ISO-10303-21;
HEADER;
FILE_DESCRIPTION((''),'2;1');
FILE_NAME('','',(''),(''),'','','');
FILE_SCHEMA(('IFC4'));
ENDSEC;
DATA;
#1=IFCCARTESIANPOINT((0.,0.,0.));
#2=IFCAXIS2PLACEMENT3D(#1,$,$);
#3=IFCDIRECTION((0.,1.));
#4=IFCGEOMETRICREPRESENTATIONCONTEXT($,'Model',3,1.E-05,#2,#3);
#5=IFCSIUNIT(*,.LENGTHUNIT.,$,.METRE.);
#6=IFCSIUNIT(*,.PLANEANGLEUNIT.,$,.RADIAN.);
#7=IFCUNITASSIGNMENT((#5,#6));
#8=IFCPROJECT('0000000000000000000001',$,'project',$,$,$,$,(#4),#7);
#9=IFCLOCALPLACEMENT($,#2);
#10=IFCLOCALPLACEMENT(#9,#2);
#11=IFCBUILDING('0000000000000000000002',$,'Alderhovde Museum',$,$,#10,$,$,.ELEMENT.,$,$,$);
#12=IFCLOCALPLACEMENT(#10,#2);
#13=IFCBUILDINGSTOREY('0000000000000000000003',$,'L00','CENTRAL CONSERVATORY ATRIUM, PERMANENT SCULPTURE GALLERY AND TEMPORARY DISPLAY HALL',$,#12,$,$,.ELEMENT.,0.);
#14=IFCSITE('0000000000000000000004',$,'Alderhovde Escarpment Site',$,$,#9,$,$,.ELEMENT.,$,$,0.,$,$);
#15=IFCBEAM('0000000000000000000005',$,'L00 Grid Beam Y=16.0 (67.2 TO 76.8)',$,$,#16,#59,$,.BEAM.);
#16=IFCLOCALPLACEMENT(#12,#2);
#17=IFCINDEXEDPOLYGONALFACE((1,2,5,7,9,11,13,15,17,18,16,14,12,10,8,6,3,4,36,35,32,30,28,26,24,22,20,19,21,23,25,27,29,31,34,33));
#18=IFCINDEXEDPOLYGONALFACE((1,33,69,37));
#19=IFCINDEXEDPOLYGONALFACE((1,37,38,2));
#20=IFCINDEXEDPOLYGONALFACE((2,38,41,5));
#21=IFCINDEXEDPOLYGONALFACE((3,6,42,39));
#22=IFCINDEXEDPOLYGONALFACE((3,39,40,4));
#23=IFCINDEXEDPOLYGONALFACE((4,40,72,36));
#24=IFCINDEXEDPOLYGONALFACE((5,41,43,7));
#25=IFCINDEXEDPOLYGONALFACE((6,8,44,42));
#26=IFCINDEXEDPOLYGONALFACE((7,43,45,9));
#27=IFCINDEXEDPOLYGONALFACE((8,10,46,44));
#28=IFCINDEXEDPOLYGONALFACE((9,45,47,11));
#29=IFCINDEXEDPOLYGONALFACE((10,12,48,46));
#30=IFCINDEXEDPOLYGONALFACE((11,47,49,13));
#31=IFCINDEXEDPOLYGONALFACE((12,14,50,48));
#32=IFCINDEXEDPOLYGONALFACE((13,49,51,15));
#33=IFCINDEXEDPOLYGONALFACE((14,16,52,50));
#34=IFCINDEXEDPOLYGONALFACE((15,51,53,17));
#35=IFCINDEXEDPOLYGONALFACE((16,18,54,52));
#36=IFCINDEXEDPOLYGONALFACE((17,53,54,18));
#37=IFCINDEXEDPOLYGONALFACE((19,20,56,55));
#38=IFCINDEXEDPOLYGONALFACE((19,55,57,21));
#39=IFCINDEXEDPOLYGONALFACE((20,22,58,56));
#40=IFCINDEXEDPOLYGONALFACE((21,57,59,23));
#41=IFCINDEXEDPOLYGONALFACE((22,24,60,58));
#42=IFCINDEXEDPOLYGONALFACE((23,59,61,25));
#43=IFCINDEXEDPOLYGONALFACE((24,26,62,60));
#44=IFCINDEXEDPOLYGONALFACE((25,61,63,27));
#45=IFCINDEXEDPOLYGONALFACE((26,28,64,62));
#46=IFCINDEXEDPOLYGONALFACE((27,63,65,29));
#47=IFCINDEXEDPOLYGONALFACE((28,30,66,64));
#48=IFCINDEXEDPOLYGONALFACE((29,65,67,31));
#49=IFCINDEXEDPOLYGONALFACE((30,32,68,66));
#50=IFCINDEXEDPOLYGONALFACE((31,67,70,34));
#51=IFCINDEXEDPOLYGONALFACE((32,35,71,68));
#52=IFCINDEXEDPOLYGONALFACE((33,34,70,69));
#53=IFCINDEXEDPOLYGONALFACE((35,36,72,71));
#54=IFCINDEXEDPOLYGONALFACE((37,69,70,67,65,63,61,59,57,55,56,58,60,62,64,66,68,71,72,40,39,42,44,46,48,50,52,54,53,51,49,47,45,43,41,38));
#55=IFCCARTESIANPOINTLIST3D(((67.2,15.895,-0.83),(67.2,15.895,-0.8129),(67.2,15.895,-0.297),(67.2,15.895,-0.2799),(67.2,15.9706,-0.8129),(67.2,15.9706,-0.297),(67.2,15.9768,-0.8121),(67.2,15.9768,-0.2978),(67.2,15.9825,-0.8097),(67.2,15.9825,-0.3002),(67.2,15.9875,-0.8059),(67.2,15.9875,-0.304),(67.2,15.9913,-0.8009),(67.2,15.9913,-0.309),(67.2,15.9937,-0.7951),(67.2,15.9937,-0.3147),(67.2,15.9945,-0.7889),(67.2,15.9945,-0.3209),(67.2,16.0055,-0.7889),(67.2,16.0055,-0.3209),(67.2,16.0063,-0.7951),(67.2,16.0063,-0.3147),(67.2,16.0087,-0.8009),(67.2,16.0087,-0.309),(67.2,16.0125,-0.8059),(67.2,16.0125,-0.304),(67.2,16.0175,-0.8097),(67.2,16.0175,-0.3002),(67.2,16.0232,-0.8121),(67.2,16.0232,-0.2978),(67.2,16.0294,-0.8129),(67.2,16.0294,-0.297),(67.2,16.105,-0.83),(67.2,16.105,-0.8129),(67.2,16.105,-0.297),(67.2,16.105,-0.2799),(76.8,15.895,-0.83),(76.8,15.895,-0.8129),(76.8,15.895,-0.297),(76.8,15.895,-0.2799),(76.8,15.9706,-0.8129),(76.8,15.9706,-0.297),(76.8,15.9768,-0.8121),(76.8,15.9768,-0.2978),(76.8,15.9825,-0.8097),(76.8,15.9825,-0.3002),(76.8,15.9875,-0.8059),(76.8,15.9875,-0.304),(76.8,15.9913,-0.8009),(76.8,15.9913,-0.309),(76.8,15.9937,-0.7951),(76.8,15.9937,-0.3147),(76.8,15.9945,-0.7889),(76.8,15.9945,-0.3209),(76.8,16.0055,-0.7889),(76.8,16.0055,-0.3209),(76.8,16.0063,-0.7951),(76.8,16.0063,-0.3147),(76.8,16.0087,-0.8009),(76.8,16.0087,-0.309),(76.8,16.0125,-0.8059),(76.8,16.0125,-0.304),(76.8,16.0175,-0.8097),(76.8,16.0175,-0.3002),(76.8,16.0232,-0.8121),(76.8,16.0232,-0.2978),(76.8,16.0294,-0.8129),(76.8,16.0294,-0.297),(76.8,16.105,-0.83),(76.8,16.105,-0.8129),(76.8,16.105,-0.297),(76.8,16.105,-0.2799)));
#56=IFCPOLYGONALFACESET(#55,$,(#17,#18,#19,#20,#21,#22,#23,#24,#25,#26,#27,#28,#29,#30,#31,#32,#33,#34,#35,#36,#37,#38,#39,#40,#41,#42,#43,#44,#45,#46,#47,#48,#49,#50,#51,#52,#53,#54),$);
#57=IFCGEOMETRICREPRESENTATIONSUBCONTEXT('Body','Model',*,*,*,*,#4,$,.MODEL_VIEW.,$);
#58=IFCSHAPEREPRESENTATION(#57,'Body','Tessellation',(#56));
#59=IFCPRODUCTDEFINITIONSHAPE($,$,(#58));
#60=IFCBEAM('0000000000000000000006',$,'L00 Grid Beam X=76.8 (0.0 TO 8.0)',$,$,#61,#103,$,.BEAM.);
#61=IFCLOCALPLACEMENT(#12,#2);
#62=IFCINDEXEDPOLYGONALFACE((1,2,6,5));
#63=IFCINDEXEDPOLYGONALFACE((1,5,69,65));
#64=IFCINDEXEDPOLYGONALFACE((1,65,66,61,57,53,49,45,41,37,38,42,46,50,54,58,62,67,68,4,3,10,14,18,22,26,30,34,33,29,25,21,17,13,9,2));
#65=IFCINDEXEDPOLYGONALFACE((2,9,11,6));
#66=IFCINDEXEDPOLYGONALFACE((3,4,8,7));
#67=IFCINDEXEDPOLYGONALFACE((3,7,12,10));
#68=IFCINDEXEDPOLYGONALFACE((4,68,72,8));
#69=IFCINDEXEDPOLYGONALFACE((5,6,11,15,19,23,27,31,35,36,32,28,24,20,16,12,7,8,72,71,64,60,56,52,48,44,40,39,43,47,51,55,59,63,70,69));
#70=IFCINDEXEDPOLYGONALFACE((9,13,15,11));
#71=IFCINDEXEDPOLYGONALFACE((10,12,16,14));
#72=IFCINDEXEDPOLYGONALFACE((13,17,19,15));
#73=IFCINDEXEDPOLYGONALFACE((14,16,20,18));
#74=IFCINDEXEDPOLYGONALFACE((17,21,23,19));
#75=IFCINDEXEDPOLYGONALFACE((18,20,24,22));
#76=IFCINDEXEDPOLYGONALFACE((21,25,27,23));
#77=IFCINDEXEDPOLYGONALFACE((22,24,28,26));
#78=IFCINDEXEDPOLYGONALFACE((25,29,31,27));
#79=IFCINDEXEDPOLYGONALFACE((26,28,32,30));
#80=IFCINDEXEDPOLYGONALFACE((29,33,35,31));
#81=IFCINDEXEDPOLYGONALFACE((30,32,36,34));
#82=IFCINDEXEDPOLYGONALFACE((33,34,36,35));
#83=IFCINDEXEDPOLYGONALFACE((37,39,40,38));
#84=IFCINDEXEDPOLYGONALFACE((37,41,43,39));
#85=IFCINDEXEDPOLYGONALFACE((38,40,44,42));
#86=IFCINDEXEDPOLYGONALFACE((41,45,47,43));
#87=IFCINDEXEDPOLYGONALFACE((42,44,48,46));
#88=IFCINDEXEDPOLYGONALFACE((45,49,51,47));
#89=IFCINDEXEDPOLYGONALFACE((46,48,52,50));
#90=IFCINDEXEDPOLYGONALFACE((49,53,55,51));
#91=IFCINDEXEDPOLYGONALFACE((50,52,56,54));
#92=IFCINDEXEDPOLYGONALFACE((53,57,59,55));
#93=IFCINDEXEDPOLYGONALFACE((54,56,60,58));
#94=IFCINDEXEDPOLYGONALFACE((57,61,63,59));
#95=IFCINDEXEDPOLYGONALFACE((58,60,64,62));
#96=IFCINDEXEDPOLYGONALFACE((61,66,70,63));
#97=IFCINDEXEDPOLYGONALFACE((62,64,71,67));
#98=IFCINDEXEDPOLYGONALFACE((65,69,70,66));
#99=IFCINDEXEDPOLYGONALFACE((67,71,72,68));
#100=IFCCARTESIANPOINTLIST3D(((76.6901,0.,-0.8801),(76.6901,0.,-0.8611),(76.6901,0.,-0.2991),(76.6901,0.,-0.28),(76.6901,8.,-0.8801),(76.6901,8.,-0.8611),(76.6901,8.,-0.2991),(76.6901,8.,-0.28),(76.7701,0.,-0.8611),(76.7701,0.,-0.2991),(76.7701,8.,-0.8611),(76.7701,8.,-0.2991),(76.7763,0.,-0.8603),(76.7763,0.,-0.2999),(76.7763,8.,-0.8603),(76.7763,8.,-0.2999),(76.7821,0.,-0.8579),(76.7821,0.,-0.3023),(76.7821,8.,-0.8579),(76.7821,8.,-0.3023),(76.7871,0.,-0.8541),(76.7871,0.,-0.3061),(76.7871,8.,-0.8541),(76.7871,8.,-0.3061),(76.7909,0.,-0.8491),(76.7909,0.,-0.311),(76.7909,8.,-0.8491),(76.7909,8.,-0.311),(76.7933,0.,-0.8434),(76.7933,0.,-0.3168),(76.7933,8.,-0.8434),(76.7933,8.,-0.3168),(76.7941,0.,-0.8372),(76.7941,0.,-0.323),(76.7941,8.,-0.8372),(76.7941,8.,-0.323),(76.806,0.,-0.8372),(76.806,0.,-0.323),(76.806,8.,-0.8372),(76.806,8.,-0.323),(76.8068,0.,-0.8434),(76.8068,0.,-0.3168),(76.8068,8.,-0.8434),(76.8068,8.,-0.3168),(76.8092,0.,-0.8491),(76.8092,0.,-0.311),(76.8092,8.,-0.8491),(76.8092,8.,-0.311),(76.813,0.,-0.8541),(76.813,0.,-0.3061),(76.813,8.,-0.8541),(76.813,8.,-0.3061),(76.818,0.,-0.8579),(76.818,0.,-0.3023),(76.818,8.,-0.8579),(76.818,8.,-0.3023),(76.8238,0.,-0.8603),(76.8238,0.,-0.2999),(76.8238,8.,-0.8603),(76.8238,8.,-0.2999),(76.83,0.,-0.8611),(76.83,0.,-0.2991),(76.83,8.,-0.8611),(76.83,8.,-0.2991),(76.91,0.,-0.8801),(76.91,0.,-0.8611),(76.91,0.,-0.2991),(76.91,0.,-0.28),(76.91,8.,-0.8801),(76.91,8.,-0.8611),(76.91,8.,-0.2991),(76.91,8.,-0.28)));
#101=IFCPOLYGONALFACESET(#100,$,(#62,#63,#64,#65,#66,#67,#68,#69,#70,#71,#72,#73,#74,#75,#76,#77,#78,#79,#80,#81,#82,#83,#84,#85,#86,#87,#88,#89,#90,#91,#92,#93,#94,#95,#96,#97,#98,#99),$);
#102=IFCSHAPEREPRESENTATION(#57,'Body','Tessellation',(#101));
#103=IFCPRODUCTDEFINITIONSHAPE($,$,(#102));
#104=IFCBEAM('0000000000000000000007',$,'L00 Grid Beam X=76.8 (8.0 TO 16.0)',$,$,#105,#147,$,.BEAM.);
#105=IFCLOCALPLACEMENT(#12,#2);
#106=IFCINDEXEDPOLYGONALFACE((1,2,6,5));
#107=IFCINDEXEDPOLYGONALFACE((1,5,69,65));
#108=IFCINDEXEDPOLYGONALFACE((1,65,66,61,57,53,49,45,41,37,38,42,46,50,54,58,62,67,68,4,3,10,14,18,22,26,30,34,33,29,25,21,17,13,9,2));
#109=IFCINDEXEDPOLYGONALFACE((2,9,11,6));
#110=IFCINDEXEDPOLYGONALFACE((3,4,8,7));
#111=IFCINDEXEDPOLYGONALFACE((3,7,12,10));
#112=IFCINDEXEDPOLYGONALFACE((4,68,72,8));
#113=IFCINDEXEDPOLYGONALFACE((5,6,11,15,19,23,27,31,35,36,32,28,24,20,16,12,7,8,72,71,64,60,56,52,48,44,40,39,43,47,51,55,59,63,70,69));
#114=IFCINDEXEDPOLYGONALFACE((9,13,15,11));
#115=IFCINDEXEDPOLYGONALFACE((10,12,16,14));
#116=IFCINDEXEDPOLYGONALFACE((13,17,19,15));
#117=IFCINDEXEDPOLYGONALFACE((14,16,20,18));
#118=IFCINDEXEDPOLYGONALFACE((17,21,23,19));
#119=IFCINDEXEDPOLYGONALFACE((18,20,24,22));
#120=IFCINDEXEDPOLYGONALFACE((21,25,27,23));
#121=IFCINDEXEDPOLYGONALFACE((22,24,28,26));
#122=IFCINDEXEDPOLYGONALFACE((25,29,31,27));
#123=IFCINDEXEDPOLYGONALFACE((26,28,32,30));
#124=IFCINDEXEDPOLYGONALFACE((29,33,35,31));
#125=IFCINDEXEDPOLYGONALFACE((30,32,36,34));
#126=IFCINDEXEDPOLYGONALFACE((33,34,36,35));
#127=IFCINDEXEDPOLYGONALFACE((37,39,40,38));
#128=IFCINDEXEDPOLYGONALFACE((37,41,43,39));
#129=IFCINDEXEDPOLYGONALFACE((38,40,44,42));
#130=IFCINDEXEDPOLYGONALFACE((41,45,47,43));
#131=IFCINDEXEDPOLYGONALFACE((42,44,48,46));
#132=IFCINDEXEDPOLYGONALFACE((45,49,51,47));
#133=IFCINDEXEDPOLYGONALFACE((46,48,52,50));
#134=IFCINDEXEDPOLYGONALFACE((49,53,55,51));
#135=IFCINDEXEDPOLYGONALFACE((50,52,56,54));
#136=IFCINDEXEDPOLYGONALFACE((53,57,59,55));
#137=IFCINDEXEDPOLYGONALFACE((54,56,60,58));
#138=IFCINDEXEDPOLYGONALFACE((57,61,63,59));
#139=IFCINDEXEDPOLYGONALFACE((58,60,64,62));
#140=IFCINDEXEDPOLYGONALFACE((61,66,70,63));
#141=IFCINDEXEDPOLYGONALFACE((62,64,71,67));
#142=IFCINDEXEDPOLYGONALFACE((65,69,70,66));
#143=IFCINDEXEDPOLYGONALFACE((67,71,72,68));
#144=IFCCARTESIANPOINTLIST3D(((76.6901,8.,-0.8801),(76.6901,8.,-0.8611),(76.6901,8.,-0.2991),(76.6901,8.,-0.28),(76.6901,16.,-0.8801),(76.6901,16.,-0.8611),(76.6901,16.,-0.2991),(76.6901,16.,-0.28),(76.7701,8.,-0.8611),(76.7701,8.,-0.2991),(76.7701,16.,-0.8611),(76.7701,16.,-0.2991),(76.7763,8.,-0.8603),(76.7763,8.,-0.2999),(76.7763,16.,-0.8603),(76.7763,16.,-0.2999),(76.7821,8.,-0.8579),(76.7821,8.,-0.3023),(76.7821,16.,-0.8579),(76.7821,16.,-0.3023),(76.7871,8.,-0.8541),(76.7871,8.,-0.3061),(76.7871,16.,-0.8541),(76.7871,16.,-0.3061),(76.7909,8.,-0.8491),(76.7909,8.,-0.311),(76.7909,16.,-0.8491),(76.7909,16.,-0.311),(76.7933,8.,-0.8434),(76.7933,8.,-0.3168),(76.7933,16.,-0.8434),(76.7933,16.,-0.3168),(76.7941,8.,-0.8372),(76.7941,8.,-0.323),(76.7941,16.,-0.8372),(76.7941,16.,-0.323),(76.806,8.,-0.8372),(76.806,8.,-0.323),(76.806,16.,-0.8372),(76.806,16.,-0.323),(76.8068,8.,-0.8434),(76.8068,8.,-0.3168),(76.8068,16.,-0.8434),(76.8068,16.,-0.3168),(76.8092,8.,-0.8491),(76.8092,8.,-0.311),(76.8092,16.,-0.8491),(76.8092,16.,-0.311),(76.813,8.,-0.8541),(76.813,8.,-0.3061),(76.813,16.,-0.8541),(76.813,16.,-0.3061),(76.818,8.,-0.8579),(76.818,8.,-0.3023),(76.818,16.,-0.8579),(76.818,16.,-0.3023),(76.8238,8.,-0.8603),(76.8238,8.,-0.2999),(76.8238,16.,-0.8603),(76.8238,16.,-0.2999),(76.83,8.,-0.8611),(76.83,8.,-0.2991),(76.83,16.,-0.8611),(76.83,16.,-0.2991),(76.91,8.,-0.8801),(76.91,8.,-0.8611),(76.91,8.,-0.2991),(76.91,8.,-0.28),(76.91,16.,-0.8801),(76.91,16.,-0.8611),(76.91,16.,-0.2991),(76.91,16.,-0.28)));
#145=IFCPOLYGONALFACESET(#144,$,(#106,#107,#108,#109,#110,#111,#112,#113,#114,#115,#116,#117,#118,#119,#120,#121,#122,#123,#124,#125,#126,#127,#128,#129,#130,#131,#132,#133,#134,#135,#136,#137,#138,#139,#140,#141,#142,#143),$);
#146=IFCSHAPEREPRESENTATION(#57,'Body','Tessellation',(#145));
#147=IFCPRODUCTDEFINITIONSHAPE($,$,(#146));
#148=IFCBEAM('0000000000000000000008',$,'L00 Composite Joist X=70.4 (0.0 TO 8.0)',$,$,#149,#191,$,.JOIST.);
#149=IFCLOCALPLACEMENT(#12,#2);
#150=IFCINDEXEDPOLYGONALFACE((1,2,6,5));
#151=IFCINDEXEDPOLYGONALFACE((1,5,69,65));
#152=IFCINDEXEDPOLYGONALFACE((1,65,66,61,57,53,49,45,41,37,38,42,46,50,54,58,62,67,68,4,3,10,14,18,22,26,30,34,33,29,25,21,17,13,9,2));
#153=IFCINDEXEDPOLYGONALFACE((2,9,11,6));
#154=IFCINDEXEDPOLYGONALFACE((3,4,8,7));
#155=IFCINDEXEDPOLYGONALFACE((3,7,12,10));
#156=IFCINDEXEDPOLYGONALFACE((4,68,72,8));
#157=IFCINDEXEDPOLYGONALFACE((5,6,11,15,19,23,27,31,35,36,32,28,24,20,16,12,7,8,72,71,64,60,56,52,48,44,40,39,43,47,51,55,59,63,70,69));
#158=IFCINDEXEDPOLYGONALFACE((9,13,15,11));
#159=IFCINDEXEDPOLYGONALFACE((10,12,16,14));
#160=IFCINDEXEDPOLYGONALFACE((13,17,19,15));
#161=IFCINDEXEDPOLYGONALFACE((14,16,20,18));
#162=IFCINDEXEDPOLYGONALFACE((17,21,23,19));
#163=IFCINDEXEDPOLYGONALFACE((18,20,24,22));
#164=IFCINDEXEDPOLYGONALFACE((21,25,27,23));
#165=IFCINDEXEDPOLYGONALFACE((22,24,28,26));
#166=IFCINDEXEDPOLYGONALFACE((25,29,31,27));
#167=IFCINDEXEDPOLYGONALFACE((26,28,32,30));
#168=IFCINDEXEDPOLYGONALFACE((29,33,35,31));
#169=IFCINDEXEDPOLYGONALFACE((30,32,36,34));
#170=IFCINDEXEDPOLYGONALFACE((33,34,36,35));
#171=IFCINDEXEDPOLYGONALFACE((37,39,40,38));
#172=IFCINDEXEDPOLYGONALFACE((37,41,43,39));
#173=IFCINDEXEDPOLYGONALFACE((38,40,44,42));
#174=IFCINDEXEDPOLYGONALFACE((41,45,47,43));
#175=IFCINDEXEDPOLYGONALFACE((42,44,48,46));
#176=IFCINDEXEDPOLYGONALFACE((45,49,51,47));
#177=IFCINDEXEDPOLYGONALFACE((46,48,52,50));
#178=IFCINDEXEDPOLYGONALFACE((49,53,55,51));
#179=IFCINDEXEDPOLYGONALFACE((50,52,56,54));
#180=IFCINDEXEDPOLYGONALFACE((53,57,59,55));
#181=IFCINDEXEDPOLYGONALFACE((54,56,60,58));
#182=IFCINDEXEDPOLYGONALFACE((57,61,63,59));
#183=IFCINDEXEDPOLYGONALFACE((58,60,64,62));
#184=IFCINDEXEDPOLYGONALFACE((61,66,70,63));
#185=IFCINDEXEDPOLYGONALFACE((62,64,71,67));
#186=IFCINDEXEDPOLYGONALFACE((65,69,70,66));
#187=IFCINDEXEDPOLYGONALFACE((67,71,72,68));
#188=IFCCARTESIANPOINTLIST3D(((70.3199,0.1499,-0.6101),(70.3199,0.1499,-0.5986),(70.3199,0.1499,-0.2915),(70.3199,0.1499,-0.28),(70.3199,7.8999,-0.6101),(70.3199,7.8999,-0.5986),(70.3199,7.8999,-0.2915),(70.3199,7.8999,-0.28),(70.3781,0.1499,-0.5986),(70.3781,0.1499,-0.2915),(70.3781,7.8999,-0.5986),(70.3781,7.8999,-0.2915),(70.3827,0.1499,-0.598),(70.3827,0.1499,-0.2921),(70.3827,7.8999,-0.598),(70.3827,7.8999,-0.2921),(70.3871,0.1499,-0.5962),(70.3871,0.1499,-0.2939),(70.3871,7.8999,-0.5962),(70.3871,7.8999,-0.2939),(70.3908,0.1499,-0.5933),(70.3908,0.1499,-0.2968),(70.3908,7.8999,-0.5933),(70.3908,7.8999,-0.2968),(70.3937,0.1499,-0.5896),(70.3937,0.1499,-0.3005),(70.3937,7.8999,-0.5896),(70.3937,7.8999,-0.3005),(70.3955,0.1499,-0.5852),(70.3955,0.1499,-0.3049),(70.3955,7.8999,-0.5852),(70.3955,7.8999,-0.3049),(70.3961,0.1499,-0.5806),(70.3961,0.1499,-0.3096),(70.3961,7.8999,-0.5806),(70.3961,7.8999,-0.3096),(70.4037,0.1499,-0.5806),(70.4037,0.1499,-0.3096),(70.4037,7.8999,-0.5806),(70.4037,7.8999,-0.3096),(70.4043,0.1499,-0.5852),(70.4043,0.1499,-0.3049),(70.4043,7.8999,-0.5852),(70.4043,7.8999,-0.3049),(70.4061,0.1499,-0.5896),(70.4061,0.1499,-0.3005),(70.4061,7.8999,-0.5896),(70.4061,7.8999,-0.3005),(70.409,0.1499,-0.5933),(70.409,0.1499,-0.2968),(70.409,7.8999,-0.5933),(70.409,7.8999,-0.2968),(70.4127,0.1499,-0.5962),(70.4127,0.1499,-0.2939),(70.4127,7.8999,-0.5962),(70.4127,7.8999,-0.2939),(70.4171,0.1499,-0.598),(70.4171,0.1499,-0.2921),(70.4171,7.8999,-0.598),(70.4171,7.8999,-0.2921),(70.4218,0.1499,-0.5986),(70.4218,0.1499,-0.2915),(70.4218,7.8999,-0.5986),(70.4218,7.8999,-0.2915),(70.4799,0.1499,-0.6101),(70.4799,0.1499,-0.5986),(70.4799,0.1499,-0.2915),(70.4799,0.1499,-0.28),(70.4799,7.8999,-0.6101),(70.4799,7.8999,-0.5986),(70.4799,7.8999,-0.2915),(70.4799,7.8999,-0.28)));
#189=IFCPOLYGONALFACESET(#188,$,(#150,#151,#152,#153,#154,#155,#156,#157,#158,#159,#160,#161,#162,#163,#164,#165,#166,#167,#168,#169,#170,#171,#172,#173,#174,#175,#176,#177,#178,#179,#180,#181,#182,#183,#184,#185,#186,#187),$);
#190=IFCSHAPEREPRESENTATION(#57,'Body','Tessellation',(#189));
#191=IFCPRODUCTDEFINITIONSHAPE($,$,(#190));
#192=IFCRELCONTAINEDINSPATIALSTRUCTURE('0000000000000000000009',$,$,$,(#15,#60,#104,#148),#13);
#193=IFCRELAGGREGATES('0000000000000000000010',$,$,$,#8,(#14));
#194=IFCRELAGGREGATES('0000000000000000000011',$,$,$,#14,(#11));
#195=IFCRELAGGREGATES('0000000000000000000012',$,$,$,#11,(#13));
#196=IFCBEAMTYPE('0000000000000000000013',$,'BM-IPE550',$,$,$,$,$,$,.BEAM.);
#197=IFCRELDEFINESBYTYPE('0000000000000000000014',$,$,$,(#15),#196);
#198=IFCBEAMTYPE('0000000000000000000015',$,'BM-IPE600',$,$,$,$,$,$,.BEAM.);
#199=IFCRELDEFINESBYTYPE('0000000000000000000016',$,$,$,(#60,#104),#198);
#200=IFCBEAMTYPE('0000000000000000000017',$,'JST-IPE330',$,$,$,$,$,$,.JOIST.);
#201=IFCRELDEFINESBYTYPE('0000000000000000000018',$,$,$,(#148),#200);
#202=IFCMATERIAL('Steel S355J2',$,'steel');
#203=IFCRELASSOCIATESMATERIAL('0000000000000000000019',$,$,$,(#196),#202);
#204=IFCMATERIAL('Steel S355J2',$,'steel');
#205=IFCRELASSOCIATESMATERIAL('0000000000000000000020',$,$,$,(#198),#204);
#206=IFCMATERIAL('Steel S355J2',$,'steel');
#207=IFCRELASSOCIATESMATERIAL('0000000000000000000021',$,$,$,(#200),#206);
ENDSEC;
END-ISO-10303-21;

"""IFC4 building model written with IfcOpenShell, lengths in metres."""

from ifc_helpers import new_model, si_unit, direction, frame, origin, origin_2d, place, context, subcontext, project, spatial, i_section, extrude, material, material_profile, profile_set, type_object, element, save


model = new_model("IFC4")

# Units and contexts
model_context = context("Model", 3, precision=1e-05, world=origin(), true_north=direction((0.0, 1.0)))
body_context = subcontext(model_context, "Body", "Model", "MODEL_VIEW")
ifc_project = project(units=[si_unit("LENGTHUNIT", "METRE"), si_unit("PLANEANGLEUNIT", "RADIAN")], contexts=[model_context])

# Site, building, storey
site_placement = place(None, origin())
site = spatial("IfcSite", under=ifc_project, at=site_placement, Name="Alderhovde Escarpment Site", CompositionType="ELEMENT", RefElevation=0.0)
building_placement = place(site_placement, origin())
building = spatial("IfcBuilding", under=site, at=building_placement, Name="Alderhovde Museum", CompositionType="ELEMENT")
storey_placement = place(building_placement, origin())
storey = spatial("IfcBuildingStorey", under=building, at=storey_placement, Name="L00", Description="CENTRAL CONSERVATORY ATRIUM, PERMANENT SCULPTURE GALLERY AND TEMPORARY DISPLAY HALL", CompositionType="ELEMENT", Elevation=0.0)

# Beams
ifc_material_1 = material(Name="Steel S355J2", Category="steel")
ifc_material_profile_1 = material_profile(ifc_material_1, i_section(OverallWidth=0.21, OverallDepth=0.55, WebThickness=0.011, FlangeThickness=0.0171, FilletRadius=0.0239, at=origin_2d()), Name="IPE 550")
ifc_profile_set_1 = profile_set([ifc_material_profile_1], Name="Steel S355J2")
beam_type_1 = type_object("IfcBeamType", Name="BM-IPE550", PredefinedType="BEAM", material=ifc_profile_set_1)
beam_1_placement = place(storey_placement, frame((67.2, 16.0, -0.5549), z_axis=(1.0, 0.0, 0.0), x_axis=(0.0, 1.0, 0.0)))
element("IfcBeam", 1, at=beam_1_placement, inside=storey, type_object=beam_type_1, Name="L00 Grid Beam Y=16.0 (67.2 TO 76.8)", PredefinedType="BEAM", context=body_context, shape_type="SweptSolid", body=[
    extrude(i_section(OverallWidth=0.21, OverallDepth=0.55, WebThickness=0.011, FlangeThickness=0.0171, FilletRadius=0.0239, at=origin_2d()), origin(), (0.0, 0.0, 1.0), 9.6001),
])
ifc_material_2 = material(Name="Steel S355J2", Category="steel")
ifc_material_profile_2 = material_profile(ifc_material_2, i_section(OverallWidth=0.22, OverallDepth=0.6001, WebThickness=0.012, FlangeThickness=0.019, FilletRadius=0.0239, at=origin_2d()), Name="IPE 600")
ifc_profile_set_2 = profile_set([ifc_material_profile_2], Name="Steel S355J2")
beam_type_2 = type_object("IfcBeamType", Name="BM-IPE600", PredefinedType="BEAM", material=ifc_profile_set_2)
for number, where, z_axis, x_axis, name in (
    (2, (76.8, 0.0, -0.5801), (0.0, 1.0, 0.0), (-1.0, 0.0, 0.0), "L00 Grid Beam X=76.8 (0.0 TO 8.0)"),
    (3, (76.8, 8.0, -0.5801), (0.0, 1.0, 0.0), (-1.0, 0.0, 0.0), "L00 Grid Beam X=76.8 (8.0 TO 16.0)"),
):
    element("IfcBeam", number, at=place(storey_placement, frame(where, z_axis=z_axis, x_axis=x_axis)), inside=storey, type_object=beam_type_2, Name=name, PredefinedType="BEAM", context=body_context, shape_type="SweptSolid", body=[
        extrude(i_section(OverallWidth=0.22, OverallDepth=0.6001, WebThickness=0.012, FlangeThickness=0.019, FilletRadius=0.0239, at=origin_2d()), origin(), (0.0, 0.0, 1.0), 8.0),
    ])
ifc_material_3 = material(Name="Steel S355J2", Category="steel")
ifc_material_profile_3 = material_profile(ifc_material_3, i_section(OverallWidth=0.1599, OverallDepth=0.3301, WebThickness=0.0076, FlangeThickness=0.0115, FilletRadius=0.0181, at=origin_2d()), Name="IPE 330")
ifc_profile_set_3 = profile_set([ifc_material_profile_3], Name="Steel S355J2")
beam_type_3 = type_object("IfcBeamType", Name="JST-IPE330", PredefinedType="JOIST", material=ifc_profile_set_3)
for number, where, z_axis, x_axis, name in (
    (4, (70.3999, 0.1499, -0.4451), (0.0, 1.0, 0.0), (-1.0, 0.0, 0.0), "L00 Composite Joist X=70.4 (0.0 TO 8.0)"),
):
    element("IfcBeam", number, at=place(storey_placement, frame(where, z_axis=z_axis, x_axis=x_axis)), inside=storey, type_object=beam_type_3, Name=name, PredefinedType="JOIST", context=body_context, shape_type="SweptSolid", body=[
        extrude(i_section(OverallWidth=0.1599, OverallDepth=0.3301, WebThickness=0.0076, FlangeThickness=0.0115, FilletRadius=0.0181, at=origin_2d()), origin(), (0.0, 0.0, 1.0), 7.75),
    ])

save(model, "model.ifc")
